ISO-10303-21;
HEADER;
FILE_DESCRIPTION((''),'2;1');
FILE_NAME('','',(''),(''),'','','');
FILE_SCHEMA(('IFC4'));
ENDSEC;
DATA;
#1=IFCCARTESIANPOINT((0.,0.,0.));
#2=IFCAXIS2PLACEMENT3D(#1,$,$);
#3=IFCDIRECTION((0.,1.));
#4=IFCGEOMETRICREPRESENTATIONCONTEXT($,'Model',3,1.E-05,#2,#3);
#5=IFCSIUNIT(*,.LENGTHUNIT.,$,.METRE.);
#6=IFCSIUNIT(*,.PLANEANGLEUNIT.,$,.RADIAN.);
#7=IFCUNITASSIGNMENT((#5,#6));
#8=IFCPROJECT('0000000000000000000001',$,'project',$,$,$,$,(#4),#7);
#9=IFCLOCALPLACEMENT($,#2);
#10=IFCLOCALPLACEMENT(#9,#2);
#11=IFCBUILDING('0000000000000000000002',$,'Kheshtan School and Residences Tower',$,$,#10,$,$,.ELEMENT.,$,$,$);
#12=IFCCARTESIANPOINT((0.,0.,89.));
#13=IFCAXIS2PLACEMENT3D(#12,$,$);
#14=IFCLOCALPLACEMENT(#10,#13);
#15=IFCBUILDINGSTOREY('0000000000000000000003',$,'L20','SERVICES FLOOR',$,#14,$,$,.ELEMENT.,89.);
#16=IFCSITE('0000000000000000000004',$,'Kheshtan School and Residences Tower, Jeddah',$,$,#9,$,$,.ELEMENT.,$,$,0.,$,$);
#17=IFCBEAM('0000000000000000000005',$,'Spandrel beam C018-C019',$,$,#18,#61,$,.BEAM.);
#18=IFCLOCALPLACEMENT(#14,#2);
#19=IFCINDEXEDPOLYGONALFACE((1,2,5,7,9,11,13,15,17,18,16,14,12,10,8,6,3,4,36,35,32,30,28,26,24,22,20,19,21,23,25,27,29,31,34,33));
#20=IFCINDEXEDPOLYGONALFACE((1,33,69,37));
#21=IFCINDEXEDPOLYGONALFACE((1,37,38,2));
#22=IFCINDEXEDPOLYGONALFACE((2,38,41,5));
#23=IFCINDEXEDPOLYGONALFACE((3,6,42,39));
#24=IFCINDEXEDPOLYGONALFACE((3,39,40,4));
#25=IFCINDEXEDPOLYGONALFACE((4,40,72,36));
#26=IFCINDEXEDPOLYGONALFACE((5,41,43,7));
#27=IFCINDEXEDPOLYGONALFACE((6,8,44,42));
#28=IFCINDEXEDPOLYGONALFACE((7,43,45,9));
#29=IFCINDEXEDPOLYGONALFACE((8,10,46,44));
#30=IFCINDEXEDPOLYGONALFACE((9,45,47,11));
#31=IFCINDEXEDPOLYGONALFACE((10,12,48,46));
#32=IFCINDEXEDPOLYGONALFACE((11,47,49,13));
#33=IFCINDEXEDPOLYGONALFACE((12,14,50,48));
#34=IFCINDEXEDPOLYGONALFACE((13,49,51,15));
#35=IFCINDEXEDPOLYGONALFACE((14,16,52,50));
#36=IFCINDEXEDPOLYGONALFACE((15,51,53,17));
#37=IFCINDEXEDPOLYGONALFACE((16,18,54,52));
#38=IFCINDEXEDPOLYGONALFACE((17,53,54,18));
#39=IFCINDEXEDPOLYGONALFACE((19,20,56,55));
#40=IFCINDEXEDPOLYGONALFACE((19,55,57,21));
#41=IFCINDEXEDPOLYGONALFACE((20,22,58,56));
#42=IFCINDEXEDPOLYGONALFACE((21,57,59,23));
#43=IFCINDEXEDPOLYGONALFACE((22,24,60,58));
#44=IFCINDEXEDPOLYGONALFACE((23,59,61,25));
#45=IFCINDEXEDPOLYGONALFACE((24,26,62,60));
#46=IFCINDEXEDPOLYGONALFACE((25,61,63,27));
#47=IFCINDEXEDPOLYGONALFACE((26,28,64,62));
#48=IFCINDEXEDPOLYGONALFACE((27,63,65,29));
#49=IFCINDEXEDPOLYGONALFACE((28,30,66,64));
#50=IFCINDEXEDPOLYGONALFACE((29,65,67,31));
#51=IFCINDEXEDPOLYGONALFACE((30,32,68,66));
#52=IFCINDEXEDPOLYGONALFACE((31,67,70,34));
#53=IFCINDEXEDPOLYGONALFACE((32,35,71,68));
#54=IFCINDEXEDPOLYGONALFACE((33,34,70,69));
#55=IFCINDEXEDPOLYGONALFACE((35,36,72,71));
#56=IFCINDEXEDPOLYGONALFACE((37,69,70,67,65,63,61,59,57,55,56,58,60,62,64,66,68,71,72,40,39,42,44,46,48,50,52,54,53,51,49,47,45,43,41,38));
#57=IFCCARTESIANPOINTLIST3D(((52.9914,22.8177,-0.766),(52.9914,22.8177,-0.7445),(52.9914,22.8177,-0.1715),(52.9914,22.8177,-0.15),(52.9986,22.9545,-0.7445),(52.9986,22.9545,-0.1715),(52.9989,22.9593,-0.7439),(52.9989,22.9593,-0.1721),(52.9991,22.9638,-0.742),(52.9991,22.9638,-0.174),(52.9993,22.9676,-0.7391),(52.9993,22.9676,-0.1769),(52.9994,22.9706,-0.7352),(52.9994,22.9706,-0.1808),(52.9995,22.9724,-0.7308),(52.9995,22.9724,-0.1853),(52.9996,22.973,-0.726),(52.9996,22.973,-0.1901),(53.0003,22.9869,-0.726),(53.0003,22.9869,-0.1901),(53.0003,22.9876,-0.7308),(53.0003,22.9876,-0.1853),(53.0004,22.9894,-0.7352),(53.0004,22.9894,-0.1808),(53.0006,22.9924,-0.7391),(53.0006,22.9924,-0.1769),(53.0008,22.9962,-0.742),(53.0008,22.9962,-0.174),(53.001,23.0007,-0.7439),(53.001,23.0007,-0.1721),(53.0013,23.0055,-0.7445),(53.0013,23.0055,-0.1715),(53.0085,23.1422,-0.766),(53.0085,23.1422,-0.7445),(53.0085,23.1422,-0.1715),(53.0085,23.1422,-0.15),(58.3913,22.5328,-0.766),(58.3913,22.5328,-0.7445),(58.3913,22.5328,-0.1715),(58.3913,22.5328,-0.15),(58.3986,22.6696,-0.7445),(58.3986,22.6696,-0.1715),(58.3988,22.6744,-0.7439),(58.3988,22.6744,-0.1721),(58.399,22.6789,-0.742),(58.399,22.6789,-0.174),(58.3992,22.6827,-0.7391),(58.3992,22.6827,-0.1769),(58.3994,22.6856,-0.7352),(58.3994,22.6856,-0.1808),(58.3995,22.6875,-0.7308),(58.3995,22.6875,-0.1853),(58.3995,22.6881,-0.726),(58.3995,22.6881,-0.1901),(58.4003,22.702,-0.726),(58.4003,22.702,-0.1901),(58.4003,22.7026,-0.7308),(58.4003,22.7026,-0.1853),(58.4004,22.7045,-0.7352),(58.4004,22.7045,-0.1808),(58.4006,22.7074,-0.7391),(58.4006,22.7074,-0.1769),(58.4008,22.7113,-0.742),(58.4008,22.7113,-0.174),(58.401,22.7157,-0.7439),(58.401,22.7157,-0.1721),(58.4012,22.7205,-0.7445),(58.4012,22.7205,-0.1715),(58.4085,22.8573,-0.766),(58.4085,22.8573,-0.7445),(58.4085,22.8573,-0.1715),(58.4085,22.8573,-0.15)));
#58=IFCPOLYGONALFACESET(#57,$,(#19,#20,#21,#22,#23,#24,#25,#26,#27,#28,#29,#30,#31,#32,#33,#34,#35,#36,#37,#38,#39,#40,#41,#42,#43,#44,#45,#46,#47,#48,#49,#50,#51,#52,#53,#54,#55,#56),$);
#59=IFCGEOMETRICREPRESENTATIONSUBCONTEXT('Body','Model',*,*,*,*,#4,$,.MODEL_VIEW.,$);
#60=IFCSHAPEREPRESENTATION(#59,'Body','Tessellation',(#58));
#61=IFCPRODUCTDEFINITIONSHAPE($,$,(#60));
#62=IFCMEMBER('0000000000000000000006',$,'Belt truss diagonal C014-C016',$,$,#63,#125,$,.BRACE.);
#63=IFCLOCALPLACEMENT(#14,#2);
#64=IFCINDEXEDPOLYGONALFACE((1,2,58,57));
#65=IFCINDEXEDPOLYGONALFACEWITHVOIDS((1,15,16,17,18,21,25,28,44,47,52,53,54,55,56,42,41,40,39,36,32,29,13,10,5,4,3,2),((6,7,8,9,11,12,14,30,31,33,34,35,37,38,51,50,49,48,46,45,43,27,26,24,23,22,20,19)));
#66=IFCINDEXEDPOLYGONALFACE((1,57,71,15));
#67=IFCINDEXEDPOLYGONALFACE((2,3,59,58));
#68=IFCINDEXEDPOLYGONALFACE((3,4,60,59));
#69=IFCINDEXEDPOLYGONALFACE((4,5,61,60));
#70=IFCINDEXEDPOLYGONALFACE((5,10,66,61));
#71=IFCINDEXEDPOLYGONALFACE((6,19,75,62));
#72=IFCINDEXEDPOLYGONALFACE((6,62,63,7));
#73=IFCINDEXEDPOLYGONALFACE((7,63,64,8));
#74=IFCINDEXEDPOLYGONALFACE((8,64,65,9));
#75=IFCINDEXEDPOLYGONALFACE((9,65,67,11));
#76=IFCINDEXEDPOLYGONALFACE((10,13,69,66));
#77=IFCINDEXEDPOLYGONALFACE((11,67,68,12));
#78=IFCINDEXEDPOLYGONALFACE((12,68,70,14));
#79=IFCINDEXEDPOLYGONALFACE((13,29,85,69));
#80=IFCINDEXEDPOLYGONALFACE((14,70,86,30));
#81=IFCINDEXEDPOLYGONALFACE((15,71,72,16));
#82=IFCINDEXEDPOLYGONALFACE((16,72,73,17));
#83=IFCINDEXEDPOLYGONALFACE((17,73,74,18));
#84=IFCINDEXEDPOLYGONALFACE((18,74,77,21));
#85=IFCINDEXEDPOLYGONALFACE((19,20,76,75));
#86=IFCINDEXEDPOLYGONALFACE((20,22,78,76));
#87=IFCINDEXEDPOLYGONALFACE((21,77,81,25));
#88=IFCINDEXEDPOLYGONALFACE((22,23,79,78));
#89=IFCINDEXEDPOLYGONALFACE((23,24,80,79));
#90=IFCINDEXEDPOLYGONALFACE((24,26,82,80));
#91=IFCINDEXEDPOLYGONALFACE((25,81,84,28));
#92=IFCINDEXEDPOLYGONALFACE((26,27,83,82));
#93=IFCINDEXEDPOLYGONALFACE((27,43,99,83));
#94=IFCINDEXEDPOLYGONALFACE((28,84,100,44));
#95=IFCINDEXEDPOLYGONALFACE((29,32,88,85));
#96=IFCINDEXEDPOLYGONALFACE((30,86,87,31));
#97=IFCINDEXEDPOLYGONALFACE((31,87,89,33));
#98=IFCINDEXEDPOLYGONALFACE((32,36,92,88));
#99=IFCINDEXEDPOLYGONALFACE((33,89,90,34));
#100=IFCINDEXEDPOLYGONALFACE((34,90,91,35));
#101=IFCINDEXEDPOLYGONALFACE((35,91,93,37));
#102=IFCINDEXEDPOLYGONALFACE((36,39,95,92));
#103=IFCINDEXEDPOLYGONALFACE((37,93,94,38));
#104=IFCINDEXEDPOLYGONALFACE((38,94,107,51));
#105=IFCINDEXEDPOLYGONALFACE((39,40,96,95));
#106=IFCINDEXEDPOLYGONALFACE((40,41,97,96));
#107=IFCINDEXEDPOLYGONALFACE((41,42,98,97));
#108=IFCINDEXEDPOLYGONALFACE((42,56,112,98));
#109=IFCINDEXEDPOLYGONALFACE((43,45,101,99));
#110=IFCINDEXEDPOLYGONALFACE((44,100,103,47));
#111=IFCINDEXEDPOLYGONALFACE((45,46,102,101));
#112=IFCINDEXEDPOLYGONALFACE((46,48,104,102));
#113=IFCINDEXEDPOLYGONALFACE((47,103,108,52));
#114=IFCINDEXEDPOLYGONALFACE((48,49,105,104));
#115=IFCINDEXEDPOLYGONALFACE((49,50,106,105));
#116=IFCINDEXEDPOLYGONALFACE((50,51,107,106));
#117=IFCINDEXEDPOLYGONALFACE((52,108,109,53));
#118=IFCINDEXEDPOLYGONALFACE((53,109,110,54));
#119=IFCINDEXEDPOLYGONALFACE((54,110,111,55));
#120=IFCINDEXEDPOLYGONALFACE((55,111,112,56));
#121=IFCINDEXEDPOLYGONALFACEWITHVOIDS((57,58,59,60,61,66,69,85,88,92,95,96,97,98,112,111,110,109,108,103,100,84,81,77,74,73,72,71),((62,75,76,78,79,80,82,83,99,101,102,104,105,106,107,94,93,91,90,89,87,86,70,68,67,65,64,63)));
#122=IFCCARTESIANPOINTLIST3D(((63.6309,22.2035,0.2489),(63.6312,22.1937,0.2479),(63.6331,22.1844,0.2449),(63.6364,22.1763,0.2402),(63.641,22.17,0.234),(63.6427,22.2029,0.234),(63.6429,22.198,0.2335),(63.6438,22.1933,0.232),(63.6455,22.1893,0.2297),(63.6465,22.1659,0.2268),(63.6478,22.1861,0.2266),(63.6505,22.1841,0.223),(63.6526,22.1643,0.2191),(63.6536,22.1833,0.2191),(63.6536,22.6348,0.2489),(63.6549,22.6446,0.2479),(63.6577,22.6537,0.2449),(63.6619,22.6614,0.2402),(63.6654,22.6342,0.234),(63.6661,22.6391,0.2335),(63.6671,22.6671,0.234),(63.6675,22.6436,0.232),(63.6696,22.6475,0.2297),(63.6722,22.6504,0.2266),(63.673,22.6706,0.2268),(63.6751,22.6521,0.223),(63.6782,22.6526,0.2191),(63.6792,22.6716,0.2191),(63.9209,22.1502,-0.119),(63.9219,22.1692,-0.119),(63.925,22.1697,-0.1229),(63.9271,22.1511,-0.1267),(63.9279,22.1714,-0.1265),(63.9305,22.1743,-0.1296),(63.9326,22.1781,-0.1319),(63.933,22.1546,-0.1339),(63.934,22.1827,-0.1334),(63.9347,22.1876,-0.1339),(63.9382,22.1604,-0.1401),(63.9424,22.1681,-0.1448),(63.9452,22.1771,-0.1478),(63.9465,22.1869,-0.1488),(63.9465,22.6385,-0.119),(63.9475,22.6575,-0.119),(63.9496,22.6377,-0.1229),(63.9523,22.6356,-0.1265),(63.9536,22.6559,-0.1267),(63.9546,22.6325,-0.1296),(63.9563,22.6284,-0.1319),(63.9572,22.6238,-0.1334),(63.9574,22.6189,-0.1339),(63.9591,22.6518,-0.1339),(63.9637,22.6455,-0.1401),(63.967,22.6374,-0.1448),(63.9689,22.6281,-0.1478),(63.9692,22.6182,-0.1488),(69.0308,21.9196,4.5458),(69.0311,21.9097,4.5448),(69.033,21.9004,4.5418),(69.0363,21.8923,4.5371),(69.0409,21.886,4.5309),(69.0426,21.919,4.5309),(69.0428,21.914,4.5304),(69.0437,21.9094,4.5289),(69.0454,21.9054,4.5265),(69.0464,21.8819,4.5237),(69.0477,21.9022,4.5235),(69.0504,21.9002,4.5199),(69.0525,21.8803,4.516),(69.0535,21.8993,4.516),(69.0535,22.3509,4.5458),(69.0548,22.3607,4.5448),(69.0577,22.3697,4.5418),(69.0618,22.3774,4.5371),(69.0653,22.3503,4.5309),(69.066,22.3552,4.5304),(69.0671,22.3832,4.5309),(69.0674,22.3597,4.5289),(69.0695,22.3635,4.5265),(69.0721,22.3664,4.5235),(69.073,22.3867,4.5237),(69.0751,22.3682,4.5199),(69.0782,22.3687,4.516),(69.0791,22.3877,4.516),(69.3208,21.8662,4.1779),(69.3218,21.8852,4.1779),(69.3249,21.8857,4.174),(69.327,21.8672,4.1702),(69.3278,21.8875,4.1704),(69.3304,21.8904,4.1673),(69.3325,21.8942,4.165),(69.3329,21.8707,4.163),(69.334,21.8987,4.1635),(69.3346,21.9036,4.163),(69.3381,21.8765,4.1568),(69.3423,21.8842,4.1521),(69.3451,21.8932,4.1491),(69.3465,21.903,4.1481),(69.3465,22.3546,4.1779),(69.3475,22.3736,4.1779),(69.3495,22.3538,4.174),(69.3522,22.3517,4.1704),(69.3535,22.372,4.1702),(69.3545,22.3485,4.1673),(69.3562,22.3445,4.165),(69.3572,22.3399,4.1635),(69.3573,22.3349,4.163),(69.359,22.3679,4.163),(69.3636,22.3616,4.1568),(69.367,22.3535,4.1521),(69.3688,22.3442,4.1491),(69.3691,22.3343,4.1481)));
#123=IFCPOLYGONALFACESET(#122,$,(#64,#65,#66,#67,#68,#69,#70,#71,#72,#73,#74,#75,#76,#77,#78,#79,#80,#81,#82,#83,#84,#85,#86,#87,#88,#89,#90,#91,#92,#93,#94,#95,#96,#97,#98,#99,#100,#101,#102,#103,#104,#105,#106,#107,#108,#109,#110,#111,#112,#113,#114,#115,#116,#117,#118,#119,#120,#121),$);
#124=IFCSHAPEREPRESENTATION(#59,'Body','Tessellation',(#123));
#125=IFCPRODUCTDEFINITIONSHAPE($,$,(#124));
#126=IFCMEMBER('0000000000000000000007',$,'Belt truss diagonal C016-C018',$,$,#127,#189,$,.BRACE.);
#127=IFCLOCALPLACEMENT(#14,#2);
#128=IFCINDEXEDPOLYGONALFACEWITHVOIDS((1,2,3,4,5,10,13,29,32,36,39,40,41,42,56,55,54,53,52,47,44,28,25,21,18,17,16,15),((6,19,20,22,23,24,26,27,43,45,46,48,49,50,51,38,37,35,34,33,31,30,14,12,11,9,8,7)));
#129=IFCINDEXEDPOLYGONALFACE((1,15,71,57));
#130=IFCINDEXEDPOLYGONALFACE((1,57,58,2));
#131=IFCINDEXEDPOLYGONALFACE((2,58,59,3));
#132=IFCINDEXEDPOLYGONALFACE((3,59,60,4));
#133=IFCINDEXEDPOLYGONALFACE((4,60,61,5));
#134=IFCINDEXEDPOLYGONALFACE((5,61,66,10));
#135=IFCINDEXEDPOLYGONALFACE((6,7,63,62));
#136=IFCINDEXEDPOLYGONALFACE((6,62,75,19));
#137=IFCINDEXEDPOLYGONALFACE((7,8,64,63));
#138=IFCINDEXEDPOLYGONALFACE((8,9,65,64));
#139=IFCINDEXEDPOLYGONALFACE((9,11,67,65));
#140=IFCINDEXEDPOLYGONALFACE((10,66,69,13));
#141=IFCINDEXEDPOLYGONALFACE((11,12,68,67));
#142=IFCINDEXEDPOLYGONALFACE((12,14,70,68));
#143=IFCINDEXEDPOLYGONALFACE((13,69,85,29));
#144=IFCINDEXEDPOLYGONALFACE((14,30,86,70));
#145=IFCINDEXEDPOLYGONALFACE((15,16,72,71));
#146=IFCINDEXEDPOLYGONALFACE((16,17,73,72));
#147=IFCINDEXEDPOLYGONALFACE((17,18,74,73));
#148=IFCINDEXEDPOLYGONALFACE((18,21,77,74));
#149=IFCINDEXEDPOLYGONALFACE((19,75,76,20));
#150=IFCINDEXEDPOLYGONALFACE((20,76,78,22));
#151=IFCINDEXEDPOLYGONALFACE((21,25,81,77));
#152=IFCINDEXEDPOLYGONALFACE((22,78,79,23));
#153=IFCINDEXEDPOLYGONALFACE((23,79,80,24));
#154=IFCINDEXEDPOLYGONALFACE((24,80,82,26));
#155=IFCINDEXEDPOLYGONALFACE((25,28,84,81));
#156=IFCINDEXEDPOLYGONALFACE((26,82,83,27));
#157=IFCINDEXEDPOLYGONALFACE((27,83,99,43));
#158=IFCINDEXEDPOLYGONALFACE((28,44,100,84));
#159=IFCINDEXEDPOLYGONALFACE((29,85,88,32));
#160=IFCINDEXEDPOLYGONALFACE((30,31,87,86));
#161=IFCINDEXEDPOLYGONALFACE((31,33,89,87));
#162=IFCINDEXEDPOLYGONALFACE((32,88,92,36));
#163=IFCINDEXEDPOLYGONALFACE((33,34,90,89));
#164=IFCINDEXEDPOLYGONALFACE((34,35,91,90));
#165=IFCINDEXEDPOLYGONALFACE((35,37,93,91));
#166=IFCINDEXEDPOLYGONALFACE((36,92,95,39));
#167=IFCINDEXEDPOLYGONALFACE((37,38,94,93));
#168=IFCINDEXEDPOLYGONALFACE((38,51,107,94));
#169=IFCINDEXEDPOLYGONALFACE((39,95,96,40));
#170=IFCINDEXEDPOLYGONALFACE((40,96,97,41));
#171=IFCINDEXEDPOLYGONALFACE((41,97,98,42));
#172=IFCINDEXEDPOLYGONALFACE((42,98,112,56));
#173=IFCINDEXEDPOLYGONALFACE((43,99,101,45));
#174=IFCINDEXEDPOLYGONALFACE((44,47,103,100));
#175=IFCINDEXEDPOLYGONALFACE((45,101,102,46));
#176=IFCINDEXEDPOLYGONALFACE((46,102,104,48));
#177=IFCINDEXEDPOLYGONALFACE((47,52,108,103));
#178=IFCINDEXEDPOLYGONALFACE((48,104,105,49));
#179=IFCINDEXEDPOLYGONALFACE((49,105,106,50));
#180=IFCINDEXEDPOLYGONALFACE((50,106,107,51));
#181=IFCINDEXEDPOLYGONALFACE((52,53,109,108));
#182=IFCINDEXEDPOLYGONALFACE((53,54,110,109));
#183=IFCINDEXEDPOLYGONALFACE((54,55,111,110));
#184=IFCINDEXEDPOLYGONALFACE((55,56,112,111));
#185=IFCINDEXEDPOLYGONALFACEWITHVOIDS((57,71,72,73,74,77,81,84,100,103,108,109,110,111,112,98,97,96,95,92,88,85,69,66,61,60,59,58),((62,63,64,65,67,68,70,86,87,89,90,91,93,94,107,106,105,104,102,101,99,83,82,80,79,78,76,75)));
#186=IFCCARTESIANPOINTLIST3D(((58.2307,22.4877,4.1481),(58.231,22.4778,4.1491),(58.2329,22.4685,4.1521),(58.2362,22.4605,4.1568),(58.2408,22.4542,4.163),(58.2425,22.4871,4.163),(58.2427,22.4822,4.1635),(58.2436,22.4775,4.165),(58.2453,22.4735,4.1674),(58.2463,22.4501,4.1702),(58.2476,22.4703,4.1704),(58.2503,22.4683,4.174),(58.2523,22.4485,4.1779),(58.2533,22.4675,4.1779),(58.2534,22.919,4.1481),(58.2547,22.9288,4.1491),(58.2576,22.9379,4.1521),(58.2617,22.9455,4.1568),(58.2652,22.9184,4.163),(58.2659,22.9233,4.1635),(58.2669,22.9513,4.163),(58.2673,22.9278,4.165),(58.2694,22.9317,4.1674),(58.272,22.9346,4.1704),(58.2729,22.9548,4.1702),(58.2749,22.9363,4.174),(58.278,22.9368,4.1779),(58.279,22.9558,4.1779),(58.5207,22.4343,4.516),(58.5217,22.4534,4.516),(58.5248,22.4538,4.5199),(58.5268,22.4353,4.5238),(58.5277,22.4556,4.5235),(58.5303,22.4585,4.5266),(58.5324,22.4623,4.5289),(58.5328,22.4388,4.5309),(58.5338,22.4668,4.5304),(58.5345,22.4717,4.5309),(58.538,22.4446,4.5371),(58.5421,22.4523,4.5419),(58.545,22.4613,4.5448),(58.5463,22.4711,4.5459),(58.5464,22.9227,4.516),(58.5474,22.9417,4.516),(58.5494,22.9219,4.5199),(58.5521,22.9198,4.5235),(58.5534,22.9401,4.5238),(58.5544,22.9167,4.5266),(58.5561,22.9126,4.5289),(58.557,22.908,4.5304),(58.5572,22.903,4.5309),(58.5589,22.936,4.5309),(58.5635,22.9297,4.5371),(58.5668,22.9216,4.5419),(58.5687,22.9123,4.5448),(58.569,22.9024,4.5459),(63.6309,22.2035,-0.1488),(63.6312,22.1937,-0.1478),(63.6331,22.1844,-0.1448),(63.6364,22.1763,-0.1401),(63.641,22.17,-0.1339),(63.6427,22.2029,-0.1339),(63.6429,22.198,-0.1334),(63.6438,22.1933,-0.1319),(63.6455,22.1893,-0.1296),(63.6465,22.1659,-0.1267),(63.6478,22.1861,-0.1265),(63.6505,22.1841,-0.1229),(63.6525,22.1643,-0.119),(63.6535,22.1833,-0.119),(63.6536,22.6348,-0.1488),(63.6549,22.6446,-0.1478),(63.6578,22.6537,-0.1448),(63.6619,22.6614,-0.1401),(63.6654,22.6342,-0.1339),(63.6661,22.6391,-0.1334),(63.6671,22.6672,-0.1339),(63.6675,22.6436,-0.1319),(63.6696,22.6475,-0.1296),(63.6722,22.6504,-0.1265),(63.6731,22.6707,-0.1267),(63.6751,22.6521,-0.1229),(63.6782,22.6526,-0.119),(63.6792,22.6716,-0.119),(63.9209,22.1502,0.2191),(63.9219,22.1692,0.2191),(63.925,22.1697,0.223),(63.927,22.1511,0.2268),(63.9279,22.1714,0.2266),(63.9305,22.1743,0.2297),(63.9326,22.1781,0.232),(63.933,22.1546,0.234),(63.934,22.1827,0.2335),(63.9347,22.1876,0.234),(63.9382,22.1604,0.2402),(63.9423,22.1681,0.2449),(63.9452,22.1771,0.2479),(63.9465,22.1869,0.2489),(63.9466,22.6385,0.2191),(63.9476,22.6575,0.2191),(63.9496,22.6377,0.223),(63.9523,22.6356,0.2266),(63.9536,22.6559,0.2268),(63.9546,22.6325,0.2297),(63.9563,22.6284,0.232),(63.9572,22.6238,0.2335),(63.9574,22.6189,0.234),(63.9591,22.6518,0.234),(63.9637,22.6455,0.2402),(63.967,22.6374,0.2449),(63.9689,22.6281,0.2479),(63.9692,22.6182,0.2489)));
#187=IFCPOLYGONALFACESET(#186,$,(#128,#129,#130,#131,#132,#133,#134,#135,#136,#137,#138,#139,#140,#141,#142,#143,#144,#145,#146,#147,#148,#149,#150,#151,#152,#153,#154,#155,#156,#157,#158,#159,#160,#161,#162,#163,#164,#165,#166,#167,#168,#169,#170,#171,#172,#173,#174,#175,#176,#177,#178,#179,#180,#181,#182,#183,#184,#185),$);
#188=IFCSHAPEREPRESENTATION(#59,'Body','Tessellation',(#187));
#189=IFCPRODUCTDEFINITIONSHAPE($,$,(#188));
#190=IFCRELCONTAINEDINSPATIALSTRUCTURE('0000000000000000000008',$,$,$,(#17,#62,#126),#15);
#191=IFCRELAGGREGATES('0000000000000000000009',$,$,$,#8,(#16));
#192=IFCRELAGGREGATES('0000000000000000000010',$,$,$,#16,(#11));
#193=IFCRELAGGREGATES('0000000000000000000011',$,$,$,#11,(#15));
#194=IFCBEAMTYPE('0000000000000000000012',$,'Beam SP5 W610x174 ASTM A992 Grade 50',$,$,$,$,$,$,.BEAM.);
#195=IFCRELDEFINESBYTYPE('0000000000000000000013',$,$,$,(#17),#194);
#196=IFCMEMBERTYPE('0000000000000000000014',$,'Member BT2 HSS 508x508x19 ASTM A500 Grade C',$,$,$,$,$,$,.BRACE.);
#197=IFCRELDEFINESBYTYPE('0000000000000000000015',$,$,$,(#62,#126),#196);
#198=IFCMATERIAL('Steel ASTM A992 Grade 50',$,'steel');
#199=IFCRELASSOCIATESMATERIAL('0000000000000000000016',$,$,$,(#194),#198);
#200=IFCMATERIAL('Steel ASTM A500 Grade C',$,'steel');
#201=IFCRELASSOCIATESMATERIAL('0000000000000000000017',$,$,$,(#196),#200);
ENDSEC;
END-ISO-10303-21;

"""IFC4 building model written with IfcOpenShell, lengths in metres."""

from ifc_helpers import new_model, si_unit, direction, frame, origin, origin_2d, place, context, subcontext, project, spatial, hollow_rectangle, i_section, extrude, material, material_profile, profile_set, type_object, element, save


model = new_model("IFC4")

# Units and contexts
model_context = context("Model", 3, precision=1e-05, world=origin(), true_north=direction((0.0, 1.0)))
body_context = subcontext(model_context, "Body", "Model", "MODEL_VIEW")
ifc_project = project(units=[si_unit("LENGTHUNIT", "METRE"), si_unit("PLANEANGLEUNIT", "RADIAN")], contexts=[model_context])

# Site, building, storey
site_placement = place(None, origin())
site = spatial("IfcSite", under=ifc_project, at=site_placement, Name="Kheshtan School and Residences Tower, Jeddah", CompositionType="ELEMENT", RefElevation=0.0)
building_placement = place(site_placement, origin())
building = spatial("IfcBuilding", under=site, at=building_placement, Name="Kheshtan School and Residences Tower", CompositionType="ELEMENT")
storey_placement = place(building_placement, frame((0.0, 0.0, 89.0)))
storey = spatial("IfcBuildingStorey", under=building, at=storey_placement, Name="L20", Description="SERVICES FLOOR", CompositionType="ELEMENT", Elevation=89.0)

# Shared definitions
ifc_material_1 = material(Name="Steel ASTM A992 Grade 50", Category="steel")

# Beam
ifc_material_profile_1 = material_profile(ifc_material_1, i_section(OverallWidth=0.325, OverallDepth=0.616, WebThickness=0.0139, FlangeThickness=0.0215, FilletRadius=0.0186, at=origin_2d()), Name="W610x174")
ifc_profile_set_1 = profile_set([ifc_material_profile_1], Name="Steel ASTM A992 Grade 50")
beam_type_1 = type_object("IfcBeamType", Name="Beam SP5 W610x174 ASTM A992 Grade 50", PredefinedType="BEAM", material=ifc_profile_set_1)
beam_1_placement = place(storey_placement, frame((58.3999, 22.6951, -0.458), z_axis=(-0.998611, 0.052689, 0.0), x_axis=(-0.052689, -0.998611, 0.0)))
element("IfcBeam", 1, at=beam_1_placement, inside=storey, type_object=beam_type_1, Name="Spandrel beam C018-C019", PredefinedType="BEAM", context=body_context, shape_type="SweptSolid", body=[
    extrude(i_section(OverallWidth=0.325, OverallDepth=0.616, WebThickness=0.0139, FlangeThickness=0.0215, FilletRadius=0.0186, at=origin_2d()), origin(), (0.0, 0.0, 1.0), 5.4075),
])

# Members
ifc_material_2 = material(Name="Steel ASTM A500 Grade C", Category="steel")
ifc_material_profile_2 = material_profile(ifc_material_2, hollow_rectangle(XDim=0.5081, YDim=0.5081, WallThickness=0.019, InnerFilletRadius=0.019, OuterFilletRadius=0.0381, at=origin_2d()), Name="HSS 508x508x19")
ifc_profile_set_2 = profile_set([ifc_material_profile_2], Name="Steel ASTM A500 Grade C")
member_type = type_object("IfcMemberType", Name="Member BT2 HSS 508x508x19 ASTM A500 Grade C", PredefinedType="BRACE", material=ifc_profile_set_2)
member_1_placement = place(storey_placement, frame((63.8, 22.4109, 0.05), z_axis=(0.781834, -0.04111, 0.62213), x_axis=(0.052509, 0.99862, 0.0)))
element("IfcMember", 2, at=member_1_placement, inside=storey, type_object=member_type, Name="Belt truss diagonal C014-C016", PredefinedType="BRACE", context=body_context, shape_type="SweptSolid", body=[
    extrude(hollow_rectangle(XDim=0.5081, YDim=0.5081, WallThickness=0.019, InnerFilletRadius=0.019, OuterFilletRadius=0.0381, at=origin_2d()), origin(), (0.0, 0.0, 1.0), 6.9067),
])
member_2_placement = place(storey_placement, frame((63.8, 22.4109, 0.05), z_axis=(-0.781846, 0.041144, 0.622112), x_axis=(-0.052552, -0.998618, 0.0)))
element("IfcMember", 3, at=member_2_placement, inside=storey, type_object=member_type, Name="Belt truss diagonal C016-C018", PredefinedType="BRACE", context=body_context, shape_type="SweptSolid", body=[
    extrude(hollow_rectangle(XDim=0.5081, YDim=0.5081, WallThickness=0.019, InnerFilletRadius=0.019, OuterFilletRadius=0.0381, at=origin_2d()), origin(), (0.0, 0.0, 1.0), 6.907),
])

save(model, "model.ifc")
